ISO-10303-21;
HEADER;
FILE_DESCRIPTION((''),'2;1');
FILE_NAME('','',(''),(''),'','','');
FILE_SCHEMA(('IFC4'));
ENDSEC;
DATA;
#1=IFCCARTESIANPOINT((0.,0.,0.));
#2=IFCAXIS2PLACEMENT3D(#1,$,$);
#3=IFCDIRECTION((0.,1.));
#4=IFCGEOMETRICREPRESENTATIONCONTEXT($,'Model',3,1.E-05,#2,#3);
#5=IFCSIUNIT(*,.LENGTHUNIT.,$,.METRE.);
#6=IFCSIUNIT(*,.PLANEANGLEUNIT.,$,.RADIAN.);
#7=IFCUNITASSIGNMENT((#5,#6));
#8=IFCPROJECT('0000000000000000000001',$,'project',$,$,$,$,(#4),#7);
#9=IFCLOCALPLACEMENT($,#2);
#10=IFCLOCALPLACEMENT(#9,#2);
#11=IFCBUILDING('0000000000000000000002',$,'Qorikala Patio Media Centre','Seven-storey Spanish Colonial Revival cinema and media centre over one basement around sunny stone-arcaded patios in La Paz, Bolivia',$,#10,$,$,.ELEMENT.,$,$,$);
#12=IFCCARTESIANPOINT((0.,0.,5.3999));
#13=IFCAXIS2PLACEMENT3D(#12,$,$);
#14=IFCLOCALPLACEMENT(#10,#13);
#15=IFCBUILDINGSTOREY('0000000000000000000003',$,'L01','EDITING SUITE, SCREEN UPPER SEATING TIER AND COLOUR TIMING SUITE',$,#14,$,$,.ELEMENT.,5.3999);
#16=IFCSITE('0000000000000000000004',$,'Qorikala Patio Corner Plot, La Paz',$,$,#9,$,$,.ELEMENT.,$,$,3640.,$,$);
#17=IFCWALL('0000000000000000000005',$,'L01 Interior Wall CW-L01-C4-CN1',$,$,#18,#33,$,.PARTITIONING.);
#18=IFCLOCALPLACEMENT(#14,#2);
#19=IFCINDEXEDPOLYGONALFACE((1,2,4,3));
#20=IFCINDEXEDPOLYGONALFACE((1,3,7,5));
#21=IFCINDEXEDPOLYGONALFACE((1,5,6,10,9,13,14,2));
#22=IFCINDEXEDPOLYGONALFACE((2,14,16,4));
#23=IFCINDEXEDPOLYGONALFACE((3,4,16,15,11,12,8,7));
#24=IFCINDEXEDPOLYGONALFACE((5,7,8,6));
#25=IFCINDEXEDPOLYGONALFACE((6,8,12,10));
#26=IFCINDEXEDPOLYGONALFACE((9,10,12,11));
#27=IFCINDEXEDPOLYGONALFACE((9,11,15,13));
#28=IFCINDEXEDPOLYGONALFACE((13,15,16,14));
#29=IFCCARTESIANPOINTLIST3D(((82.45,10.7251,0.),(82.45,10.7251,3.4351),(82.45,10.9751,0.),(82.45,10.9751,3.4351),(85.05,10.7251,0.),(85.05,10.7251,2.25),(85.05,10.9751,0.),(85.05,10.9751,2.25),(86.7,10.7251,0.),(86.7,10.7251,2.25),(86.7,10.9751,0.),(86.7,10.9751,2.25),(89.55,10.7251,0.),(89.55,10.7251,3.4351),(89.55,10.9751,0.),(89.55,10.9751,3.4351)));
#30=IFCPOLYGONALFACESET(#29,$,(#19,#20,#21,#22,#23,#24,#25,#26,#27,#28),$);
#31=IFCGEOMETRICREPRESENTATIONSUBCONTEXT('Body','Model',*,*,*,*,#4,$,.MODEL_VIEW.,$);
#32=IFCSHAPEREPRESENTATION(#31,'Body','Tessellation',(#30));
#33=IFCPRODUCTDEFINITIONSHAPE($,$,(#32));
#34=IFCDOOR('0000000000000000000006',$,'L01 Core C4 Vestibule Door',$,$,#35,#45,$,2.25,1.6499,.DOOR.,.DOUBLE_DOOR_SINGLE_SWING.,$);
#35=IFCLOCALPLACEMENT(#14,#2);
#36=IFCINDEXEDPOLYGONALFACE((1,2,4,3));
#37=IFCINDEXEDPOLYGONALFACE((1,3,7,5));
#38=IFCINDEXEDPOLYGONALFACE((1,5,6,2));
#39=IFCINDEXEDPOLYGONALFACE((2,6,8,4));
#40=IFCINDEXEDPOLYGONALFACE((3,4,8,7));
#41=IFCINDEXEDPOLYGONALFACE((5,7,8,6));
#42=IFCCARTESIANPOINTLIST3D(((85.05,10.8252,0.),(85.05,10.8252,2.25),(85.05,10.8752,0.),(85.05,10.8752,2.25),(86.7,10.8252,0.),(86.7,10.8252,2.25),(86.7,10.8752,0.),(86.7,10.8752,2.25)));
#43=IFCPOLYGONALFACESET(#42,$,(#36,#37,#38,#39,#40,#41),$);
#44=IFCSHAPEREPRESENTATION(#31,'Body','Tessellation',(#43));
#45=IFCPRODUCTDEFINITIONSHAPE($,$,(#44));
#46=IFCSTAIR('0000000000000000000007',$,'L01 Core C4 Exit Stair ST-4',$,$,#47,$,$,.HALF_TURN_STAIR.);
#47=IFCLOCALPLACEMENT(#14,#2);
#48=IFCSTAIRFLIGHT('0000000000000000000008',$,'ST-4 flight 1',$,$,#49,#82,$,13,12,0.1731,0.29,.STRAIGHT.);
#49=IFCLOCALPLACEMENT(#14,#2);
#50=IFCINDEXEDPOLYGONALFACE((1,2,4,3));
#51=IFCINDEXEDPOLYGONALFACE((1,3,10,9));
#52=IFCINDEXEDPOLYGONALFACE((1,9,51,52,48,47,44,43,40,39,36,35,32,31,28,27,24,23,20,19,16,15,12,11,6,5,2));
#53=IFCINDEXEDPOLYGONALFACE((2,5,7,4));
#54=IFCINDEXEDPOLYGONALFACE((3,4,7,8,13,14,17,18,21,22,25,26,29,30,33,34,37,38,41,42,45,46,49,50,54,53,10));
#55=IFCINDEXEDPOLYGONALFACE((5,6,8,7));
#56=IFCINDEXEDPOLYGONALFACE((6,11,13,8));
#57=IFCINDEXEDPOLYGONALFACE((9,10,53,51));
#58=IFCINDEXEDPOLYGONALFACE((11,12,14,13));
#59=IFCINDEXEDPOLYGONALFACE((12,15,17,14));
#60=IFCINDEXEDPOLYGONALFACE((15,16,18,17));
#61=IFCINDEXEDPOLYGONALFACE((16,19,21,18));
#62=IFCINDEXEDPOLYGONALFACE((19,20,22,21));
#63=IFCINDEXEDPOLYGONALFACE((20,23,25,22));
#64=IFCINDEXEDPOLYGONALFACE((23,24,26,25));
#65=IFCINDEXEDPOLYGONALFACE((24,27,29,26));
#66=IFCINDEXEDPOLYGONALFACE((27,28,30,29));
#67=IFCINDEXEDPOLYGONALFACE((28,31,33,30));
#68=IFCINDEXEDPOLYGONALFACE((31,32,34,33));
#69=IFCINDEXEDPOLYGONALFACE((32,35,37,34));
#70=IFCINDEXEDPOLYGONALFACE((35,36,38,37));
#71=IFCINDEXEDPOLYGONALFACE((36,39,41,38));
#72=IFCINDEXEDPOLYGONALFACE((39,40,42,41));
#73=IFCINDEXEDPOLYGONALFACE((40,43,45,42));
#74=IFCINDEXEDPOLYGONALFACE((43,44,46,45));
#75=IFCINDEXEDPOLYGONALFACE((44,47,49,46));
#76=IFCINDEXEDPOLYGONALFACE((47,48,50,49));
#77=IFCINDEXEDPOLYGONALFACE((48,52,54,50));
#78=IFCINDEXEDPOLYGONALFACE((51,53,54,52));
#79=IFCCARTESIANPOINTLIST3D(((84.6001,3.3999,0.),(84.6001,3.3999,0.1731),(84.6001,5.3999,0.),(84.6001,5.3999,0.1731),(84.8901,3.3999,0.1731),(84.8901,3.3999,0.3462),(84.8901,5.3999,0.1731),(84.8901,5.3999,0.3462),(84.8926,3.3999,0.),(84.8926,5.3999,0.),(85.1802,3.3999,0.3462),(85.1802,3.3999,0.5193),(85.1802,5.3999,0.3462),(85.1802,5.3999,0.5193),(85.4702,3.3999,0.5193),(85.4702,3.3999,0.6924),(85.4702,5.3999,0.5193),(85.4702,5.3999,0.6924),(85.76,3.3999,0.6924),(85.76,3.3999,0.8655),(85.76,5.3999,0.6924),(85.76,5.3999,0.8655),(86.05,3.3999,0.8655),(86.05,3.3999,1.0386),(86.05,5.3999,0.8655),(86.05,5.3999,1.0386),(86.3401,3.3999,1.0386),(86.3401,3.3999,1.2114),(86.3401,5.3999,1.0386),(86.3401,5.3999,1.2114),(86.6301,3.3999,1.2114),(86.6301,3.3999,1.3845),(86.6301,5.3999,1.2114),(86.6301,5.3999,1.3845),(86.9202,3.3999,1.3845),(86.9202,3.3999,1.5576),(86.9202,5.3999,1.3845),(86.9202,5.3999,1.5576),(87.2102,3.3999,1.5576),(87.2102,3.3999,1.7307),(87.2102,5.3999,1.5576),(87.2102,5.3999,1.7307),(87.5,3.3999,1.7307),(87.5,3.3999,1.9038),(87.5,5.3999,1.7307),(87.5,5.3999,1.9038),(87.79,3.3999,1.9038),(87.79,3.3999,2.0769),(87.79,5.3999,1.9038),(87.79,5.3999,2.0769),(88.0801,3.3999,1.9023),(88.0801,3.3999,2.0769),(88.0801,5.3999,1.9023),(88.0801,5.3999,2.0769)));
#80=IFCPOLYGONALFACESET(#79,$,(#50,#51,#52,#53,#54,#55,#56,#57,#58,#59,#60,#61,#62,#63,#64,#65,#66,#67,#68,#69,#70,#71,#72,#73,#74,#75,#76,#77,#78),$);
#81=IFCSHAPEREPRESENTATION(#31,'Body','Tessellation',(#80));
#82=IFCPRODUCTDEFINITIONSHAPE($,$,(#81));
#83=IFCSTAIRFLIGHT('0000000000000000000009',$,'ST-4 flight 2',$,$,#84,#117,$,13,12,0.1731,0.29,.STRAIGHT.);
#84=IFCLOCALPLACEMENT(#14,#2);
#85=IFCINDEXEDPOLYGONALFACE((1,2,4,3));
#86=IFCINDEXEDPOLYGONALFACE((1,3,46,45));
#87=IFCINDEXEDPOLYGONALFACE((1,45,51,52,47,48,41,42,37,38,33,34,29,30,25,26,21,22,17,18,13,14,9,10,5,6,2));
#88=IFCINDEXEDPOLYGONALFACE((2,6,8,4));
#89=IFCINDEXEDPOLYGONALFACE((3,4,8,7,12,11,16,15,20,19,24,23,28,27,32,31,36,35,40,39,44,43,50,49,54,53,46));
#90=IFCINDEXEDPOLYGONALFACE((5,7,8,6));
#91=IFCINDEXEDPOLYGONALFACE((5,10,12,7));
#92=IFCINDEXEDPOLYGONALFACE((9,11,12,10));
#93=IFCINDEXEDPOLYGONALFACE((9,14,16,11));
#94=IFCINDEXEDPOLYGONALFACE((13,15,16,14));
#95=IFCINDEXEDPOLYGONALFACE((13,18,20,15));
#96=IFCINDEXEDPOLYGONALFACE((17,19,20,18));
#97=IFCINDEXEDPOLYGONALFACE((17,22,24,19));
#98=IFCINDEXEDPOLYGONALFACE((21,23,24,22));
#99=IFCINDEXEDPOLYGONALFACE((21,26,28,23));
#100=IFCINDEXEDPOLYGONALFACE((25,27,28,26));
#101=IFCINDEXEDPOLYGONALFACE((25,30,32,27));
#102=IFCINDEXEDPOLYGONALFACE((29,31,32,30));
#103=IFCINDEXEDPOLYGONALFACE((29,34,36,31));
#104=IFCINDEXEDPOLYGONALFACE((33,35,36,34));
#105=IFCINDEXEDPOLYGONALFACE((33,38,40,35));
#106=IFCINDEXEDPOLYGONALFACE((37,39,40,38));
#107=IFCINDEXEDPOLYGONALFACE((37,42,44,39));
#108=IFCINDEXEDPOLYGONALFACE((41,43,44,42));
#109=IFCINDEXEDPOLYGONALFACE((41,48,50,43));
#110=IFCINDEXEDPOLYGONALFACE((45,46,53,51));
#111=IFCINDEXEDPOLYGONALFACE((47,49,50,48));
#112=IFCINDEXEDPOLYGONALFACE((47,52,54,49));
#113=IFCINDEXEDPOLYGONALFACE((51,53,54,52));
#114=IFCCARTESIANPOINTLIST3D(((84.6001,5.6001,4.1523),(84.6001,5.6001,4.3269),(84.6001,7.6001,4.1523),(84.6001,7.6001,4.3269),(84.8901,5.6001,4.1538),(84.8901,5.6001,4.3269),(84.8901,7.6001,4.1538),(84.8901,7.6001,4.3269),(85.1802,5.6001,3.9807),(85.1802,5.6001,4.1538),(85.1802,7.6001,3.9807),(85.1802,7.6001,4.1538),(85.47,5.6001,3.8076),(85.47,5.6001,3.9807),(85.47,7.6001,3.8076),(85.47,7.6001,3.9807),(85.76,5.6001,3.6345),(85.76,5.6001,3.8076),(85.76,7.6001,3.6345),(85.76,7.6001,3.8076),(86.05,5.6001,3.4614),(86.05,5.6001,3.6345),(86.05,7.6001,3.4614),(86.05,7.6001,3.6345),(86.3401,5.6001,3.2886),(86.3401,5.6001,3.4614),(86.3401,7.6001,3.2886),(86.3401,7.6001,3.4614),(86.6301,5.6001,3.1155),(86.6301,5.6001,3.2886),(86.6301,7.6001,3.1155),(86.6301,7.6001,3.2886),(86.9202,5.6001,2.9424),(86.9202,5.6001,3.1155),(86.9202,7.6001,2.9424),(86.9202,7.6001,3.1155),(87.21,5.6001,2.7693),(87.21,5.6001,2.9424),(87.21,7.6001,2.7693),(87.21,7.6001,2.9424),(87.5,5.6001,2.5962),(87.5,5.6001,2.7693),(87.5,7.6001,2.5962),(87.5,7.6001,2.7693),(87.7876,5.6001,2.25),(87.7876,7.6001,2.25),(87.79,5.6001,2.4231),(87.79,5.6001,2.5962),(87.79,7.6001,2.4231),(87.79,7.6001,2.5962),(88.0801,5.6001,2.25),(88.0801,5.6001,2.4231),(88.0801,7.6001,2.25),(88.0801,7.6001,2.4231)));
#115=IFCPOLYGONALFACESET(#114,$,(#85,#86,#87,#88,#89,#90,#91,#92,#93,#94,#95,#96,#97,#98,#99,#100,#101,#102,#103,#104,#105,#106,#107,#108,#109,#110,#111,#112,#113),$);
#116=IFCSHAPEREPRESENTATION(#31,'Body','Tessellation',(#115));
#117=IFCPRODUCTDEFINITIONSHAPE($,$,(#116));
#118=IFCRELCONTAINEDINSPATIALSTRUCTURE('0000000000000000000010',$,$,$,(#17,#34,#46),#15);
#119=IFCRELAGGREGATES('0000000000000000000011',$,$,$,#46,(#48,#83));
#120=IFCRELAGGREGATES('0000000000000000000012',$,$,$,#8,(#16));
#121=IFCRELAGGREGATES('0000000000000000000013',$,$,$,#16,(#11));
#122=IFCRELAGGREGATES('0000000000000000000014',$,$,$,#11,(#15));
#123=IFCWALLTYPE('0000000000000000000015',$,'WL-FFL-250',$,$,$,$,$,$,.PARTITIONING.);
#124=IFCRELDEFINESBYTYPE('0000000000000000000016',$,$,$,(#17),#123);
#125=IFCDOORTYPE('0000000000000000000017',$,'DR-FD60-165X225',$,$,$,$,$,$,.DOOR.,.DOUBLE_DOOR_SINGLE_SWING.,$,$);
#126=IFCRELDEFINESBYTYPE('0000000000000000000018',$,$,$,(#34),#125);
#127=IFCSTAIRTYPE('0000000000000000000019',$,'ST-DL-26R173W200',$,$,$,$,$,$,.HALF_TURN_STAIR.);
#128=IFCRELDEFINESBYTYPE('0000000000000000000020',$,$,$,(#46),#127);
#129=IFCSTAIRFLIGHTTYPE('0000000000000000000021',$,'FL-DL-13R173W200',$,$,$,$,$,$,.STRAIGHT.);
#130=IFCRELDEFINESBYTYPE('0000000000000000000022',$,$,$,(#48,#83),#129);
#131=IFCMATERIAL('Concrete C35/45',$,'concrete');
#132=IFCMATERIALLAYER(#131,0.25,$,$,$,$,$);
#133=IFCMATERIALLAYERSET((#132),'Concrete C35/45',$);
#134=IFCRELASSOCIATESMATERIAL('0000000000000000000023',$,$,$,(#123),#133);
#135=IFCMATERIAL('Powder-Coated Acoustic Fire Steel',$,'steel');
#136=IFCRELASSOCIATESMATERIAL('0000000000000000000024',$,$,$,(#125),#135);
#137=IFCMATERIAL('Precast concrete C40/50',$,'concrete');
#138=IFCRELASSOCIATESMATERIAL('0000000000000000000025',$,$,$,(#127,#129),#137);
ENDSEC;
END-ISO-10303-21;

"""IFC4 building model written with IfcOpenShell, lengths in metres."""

from ifc_helpers import new_model, si_unit, direction, frame, frame_2d, origin, place, context, subcontext, project, spatial, polyline, rectangle, outline, extrude, material, layer, layer_set, type_object, element, fill, aggregate, save


model = new_model("IFC4")

# Units and contexts
model_context = context("Model", 3, precision=1e-05, world=origin(), true_north=direction((0.0, 1.0)))
body_context = subcontext(model_context, "Body", "Model", "MODEL_VIEW")
ifc_project = project(units=[si_unit("LENGTHUNIT", "METRE"), si_unit("PLANEANGLEUNIT", "RADIAN")], contexts=[model_context])

# Site, building, storey
site_placement = place(None, origin())
site = spatial("IfcSite", under=ifc_project, at=site_placement, Name="Qorikala Patio Corner Plot, La Paz", CompositionType="ELEMENT", RefElevation=3640.0)
building_placement = place(site_placement, origin())
building = spatial("IfcBuilding", under=site, at=building_placement, Name="Qorikala Patio Media Centre", Description="Seven-storey Spanish Colonial Revival cinema and media centre over one basement around sunny stone-arcaded patios in La Paz, Bolivia", CompositionType="ELEMENT")
storey_placement = place(building_placement, frame((0.0, 0.0, 5.3999)))
storey = spatial("IfcBuildingStorey", under=building, at=storey_placement, Name="L01", Description="EDITING SUITE, SCREEN UPPER SEATING TIER AND COLOUR TIMING SUITE", CompositionType="ELEMENT", Elevation=5.3999)

# Shared definitions
ifc_material_1 = material(Name="Concrete C35/45", Category="concrete")

# Shared definitions
ifc_material_2 = material(Name="Powder-Coated Acoustic Fire Steel", Category="steel")

# Wall, opening, door
ifc_layer_1 = layer(ifc_material_1, 0.25)
ifc_layer_set_1 = layer_set([ifc_layer_1], Name="Concrete C35/45")
wall_type_1 = type_object("IfcWallType", Name="WL-FFL-250", PredefinedType="PARTITIONING", material=ifc_layer_set_1)
wall_1_placement = place(storey_placement, frame((82.45, 10.8501, 0.0), z_axis=(0.0, 0.0, 1.0), x_axis=(1.0, 0.0, 0.0)))
wall_1 = element("IfcWall", 1, at=wall_1_placement, inside=storey, type_object=wall_type_1, Name="L01 Interior Wall CW-L01-C4-CN1", PredefinedType="PARTITIONING", context=body_context, shape_type="SweptSolid", body=[
    extrude(rectangle(XDim=7.1001, YDim=0.25, at=frame_2d((3.55, 0.0))), origin(), (0.0, 0.0, 1.0), 3.4351),
])
opening_1_placement = place(wall_1_placement, frame((2.6001, 0.0, 0.0)))
opening_1 = element("IfcOpeningElement", 2, at=opening_1_placement, cuts=wall_1, PredefinedType="OPENING", context=body_context, shape_type="SweptSolid", body=[
    extrude(rectangle(XDim=1.6499, YDim=2.25, at=frame_2d((0.825, 1.125))), frame((0.0, 0.135, 0.0), z_axis=(0.0, -1.0, 0.0), x_axis=(1.0, 0.0, 0.0)), (0.0, 0.0, 1.0), 0.27),
])
door_type_1 = type_object("IfcDoorType", Name="DR-FD60-165X225", OperationType="DOUBLE_DOOR_SINGLE_SWING", PredefinedType="DOOR", material=ifc_material_2)
door_1_placement = place(opening_1_placement, frame((1.6499, 0.0, 0.0), z_axis=(0.0, 0.0, 1.0), x_axis=(-1.0, 0.0, 0.0)))
door_1 = element("IfcDoor", 3, at=door_1_placement, inside=storey, type_object=door_type_1, Name="L01 Core C4 Vestibule Door", OperationType="DOUBLE_DOOR_SINGLE_SWING", OverallHeight=2.25, OverallWidth=1.6499, PredefinedType="DOOR", context=body_context, shape_type="SweptSolid", body=[
    extrude(rectangle(XDim=1.6499, YDim=2.25, at=frame_2d((0.825, 1.125))), frame((0.0, 0.0249, 0.0), z_axis=(0.0, -1.0, 0.0), x_axis=(1.0, 0.0, 0.0)), (0.0, 0.0, 1.0), 0.05),
])
fill(opening_1, door_1)

# Stair, stair flights
ifc_material_3 = material(Name="Precast concrete C40/50", Category="concrete")
stair_type = type_object("IfcStairType", Name="ST-DL-26R173W200", PredefinedType="HALF_TURN_STAIR", material=ifc_material_3)
stair_placement = place(storey_placement, origin())
stair = element("IfcStair", 4, at=stair_placement, inside=storey, type_object=stair_type, Name="L01 Core C4 Exit Stair ST-4", PredefinedType="HALF_TURN_STAIR")
stair_flight_type = type_object("IfcStairFlightType", Name="FL-DL-13R173W200", PredefinedType="STRAIGHT", material=ifc_material_3)
stair_flight_1_placement = place(storey_placement, frame((84.6001, 4.3999, 0.0), z_axis=(0.0, 0.0, 1.0), x_axis=(1.0, 0.0, 0.0)))
stair_flight_1 = element("IfcStairFlight", 5, at=stair_flight_1_placement, type_object=stair_flight_type, Name="ST-4 flight 1", NumberOfRisers=13, NumberOfTreads=12, PredefinedType="STRAIGHT", RiserHeight=0.1731, TreadLength=0.29, context=body_context, shape_type="SweptSolid", body=[
    extrude(outline(polyline([(0.0, 0.0), (0.0, 0.1731), (0.29, 0.1731), (0.29, 0.3462), (0.5801, 0.3462), (0.5801, 0.5193), (0.8701, 0.5193), (0.8701, 0.6924), (1.1599, 0.6924), (1.1599, 0.8655), (1.45, 0.8655), (1.45, 1.0386), (1.74, 1.0386), (1.74, 1.2114), (2.03, 1.2114), (2.03, 1.3845), (2.3201, 1.3845), (2.3201, 1.5576), (2.6101, 1.5576), (2.6101, 1.7307), (2.8999, 1.7307), (2.8999, 1.9038), (3.1899, 1.9038), (3.1899, 2.0769), (3.48, 2.0769), (3.48, 2.25), (3.48, 1.9023), (0.2925, 0.0), (0.0, 0.0)])), frame((0.0, 1.0, 0.0), z_axis=(0.0, -1.0, 0.0), x_axis=(1.0, 0.0, 0.0)), (0.0, 0.0, 1.0), 2.0),
])
stair_flight_2_placement = place(storey_placement, frame((88.0801, 6.6001, 2.25), z_axis=(0.0, 0.0, 1.0), x_axis=(-1.0, 0.0, 0.0)))
stair_flight_2 = element("IfcStairFlight", 6, at=stair_flight_2_placement, type_object=stair_flight_type, Name="ST-4 flight 2", NumberOfRisers=13, NumberOfTreads=12, PredefinedType="STRAIGHT", RiserHeight=0.1731, TreadLength=0.29, context=body_context, shape_type="SweptSolid", body=[
    extrude(outline(polyline([(0.0, 0.0), (0.0, 0.1731), (0.29, 0.1731), (0.29, 0.3462), (0.5801, 0.3462), (0.5801, 0.5193), (0.8701, 0.5193), (0.8701, 0.6924), (1.1599, 0.6924), (1.1599, 0.8655), (1.45, 0.8655), (1.45, 1.0386), (1.74, 1.0386), (1.74, 1.2114), (2.03, 1.2114), (2.03, 1.3845), (2.3201, 1.3845), (2.3201, 1.5576), (2.6101, 1.5576), (2.6101, 1.7307), (2.8999, 1.7307), (2.8999, 1.9038), (3.1899, 1.9038), (3.1899, 2.0769), (3.48, 2.0769), (3.48, 2.25), (3.48, 1.9023), (0.2925, 0.0), (0.0, 0.0)])), frame((0.0, 1.0, 0.0), z_axis=(0.0, -1.0, 0.0), x_axis=(1.0, 0.0, 0.0)), (0.0, 0.0, 1.0), 2.0),
])
aggregate(stair, [stair_flight_1, stair_flight_2])

save(model, "model.ifc")
